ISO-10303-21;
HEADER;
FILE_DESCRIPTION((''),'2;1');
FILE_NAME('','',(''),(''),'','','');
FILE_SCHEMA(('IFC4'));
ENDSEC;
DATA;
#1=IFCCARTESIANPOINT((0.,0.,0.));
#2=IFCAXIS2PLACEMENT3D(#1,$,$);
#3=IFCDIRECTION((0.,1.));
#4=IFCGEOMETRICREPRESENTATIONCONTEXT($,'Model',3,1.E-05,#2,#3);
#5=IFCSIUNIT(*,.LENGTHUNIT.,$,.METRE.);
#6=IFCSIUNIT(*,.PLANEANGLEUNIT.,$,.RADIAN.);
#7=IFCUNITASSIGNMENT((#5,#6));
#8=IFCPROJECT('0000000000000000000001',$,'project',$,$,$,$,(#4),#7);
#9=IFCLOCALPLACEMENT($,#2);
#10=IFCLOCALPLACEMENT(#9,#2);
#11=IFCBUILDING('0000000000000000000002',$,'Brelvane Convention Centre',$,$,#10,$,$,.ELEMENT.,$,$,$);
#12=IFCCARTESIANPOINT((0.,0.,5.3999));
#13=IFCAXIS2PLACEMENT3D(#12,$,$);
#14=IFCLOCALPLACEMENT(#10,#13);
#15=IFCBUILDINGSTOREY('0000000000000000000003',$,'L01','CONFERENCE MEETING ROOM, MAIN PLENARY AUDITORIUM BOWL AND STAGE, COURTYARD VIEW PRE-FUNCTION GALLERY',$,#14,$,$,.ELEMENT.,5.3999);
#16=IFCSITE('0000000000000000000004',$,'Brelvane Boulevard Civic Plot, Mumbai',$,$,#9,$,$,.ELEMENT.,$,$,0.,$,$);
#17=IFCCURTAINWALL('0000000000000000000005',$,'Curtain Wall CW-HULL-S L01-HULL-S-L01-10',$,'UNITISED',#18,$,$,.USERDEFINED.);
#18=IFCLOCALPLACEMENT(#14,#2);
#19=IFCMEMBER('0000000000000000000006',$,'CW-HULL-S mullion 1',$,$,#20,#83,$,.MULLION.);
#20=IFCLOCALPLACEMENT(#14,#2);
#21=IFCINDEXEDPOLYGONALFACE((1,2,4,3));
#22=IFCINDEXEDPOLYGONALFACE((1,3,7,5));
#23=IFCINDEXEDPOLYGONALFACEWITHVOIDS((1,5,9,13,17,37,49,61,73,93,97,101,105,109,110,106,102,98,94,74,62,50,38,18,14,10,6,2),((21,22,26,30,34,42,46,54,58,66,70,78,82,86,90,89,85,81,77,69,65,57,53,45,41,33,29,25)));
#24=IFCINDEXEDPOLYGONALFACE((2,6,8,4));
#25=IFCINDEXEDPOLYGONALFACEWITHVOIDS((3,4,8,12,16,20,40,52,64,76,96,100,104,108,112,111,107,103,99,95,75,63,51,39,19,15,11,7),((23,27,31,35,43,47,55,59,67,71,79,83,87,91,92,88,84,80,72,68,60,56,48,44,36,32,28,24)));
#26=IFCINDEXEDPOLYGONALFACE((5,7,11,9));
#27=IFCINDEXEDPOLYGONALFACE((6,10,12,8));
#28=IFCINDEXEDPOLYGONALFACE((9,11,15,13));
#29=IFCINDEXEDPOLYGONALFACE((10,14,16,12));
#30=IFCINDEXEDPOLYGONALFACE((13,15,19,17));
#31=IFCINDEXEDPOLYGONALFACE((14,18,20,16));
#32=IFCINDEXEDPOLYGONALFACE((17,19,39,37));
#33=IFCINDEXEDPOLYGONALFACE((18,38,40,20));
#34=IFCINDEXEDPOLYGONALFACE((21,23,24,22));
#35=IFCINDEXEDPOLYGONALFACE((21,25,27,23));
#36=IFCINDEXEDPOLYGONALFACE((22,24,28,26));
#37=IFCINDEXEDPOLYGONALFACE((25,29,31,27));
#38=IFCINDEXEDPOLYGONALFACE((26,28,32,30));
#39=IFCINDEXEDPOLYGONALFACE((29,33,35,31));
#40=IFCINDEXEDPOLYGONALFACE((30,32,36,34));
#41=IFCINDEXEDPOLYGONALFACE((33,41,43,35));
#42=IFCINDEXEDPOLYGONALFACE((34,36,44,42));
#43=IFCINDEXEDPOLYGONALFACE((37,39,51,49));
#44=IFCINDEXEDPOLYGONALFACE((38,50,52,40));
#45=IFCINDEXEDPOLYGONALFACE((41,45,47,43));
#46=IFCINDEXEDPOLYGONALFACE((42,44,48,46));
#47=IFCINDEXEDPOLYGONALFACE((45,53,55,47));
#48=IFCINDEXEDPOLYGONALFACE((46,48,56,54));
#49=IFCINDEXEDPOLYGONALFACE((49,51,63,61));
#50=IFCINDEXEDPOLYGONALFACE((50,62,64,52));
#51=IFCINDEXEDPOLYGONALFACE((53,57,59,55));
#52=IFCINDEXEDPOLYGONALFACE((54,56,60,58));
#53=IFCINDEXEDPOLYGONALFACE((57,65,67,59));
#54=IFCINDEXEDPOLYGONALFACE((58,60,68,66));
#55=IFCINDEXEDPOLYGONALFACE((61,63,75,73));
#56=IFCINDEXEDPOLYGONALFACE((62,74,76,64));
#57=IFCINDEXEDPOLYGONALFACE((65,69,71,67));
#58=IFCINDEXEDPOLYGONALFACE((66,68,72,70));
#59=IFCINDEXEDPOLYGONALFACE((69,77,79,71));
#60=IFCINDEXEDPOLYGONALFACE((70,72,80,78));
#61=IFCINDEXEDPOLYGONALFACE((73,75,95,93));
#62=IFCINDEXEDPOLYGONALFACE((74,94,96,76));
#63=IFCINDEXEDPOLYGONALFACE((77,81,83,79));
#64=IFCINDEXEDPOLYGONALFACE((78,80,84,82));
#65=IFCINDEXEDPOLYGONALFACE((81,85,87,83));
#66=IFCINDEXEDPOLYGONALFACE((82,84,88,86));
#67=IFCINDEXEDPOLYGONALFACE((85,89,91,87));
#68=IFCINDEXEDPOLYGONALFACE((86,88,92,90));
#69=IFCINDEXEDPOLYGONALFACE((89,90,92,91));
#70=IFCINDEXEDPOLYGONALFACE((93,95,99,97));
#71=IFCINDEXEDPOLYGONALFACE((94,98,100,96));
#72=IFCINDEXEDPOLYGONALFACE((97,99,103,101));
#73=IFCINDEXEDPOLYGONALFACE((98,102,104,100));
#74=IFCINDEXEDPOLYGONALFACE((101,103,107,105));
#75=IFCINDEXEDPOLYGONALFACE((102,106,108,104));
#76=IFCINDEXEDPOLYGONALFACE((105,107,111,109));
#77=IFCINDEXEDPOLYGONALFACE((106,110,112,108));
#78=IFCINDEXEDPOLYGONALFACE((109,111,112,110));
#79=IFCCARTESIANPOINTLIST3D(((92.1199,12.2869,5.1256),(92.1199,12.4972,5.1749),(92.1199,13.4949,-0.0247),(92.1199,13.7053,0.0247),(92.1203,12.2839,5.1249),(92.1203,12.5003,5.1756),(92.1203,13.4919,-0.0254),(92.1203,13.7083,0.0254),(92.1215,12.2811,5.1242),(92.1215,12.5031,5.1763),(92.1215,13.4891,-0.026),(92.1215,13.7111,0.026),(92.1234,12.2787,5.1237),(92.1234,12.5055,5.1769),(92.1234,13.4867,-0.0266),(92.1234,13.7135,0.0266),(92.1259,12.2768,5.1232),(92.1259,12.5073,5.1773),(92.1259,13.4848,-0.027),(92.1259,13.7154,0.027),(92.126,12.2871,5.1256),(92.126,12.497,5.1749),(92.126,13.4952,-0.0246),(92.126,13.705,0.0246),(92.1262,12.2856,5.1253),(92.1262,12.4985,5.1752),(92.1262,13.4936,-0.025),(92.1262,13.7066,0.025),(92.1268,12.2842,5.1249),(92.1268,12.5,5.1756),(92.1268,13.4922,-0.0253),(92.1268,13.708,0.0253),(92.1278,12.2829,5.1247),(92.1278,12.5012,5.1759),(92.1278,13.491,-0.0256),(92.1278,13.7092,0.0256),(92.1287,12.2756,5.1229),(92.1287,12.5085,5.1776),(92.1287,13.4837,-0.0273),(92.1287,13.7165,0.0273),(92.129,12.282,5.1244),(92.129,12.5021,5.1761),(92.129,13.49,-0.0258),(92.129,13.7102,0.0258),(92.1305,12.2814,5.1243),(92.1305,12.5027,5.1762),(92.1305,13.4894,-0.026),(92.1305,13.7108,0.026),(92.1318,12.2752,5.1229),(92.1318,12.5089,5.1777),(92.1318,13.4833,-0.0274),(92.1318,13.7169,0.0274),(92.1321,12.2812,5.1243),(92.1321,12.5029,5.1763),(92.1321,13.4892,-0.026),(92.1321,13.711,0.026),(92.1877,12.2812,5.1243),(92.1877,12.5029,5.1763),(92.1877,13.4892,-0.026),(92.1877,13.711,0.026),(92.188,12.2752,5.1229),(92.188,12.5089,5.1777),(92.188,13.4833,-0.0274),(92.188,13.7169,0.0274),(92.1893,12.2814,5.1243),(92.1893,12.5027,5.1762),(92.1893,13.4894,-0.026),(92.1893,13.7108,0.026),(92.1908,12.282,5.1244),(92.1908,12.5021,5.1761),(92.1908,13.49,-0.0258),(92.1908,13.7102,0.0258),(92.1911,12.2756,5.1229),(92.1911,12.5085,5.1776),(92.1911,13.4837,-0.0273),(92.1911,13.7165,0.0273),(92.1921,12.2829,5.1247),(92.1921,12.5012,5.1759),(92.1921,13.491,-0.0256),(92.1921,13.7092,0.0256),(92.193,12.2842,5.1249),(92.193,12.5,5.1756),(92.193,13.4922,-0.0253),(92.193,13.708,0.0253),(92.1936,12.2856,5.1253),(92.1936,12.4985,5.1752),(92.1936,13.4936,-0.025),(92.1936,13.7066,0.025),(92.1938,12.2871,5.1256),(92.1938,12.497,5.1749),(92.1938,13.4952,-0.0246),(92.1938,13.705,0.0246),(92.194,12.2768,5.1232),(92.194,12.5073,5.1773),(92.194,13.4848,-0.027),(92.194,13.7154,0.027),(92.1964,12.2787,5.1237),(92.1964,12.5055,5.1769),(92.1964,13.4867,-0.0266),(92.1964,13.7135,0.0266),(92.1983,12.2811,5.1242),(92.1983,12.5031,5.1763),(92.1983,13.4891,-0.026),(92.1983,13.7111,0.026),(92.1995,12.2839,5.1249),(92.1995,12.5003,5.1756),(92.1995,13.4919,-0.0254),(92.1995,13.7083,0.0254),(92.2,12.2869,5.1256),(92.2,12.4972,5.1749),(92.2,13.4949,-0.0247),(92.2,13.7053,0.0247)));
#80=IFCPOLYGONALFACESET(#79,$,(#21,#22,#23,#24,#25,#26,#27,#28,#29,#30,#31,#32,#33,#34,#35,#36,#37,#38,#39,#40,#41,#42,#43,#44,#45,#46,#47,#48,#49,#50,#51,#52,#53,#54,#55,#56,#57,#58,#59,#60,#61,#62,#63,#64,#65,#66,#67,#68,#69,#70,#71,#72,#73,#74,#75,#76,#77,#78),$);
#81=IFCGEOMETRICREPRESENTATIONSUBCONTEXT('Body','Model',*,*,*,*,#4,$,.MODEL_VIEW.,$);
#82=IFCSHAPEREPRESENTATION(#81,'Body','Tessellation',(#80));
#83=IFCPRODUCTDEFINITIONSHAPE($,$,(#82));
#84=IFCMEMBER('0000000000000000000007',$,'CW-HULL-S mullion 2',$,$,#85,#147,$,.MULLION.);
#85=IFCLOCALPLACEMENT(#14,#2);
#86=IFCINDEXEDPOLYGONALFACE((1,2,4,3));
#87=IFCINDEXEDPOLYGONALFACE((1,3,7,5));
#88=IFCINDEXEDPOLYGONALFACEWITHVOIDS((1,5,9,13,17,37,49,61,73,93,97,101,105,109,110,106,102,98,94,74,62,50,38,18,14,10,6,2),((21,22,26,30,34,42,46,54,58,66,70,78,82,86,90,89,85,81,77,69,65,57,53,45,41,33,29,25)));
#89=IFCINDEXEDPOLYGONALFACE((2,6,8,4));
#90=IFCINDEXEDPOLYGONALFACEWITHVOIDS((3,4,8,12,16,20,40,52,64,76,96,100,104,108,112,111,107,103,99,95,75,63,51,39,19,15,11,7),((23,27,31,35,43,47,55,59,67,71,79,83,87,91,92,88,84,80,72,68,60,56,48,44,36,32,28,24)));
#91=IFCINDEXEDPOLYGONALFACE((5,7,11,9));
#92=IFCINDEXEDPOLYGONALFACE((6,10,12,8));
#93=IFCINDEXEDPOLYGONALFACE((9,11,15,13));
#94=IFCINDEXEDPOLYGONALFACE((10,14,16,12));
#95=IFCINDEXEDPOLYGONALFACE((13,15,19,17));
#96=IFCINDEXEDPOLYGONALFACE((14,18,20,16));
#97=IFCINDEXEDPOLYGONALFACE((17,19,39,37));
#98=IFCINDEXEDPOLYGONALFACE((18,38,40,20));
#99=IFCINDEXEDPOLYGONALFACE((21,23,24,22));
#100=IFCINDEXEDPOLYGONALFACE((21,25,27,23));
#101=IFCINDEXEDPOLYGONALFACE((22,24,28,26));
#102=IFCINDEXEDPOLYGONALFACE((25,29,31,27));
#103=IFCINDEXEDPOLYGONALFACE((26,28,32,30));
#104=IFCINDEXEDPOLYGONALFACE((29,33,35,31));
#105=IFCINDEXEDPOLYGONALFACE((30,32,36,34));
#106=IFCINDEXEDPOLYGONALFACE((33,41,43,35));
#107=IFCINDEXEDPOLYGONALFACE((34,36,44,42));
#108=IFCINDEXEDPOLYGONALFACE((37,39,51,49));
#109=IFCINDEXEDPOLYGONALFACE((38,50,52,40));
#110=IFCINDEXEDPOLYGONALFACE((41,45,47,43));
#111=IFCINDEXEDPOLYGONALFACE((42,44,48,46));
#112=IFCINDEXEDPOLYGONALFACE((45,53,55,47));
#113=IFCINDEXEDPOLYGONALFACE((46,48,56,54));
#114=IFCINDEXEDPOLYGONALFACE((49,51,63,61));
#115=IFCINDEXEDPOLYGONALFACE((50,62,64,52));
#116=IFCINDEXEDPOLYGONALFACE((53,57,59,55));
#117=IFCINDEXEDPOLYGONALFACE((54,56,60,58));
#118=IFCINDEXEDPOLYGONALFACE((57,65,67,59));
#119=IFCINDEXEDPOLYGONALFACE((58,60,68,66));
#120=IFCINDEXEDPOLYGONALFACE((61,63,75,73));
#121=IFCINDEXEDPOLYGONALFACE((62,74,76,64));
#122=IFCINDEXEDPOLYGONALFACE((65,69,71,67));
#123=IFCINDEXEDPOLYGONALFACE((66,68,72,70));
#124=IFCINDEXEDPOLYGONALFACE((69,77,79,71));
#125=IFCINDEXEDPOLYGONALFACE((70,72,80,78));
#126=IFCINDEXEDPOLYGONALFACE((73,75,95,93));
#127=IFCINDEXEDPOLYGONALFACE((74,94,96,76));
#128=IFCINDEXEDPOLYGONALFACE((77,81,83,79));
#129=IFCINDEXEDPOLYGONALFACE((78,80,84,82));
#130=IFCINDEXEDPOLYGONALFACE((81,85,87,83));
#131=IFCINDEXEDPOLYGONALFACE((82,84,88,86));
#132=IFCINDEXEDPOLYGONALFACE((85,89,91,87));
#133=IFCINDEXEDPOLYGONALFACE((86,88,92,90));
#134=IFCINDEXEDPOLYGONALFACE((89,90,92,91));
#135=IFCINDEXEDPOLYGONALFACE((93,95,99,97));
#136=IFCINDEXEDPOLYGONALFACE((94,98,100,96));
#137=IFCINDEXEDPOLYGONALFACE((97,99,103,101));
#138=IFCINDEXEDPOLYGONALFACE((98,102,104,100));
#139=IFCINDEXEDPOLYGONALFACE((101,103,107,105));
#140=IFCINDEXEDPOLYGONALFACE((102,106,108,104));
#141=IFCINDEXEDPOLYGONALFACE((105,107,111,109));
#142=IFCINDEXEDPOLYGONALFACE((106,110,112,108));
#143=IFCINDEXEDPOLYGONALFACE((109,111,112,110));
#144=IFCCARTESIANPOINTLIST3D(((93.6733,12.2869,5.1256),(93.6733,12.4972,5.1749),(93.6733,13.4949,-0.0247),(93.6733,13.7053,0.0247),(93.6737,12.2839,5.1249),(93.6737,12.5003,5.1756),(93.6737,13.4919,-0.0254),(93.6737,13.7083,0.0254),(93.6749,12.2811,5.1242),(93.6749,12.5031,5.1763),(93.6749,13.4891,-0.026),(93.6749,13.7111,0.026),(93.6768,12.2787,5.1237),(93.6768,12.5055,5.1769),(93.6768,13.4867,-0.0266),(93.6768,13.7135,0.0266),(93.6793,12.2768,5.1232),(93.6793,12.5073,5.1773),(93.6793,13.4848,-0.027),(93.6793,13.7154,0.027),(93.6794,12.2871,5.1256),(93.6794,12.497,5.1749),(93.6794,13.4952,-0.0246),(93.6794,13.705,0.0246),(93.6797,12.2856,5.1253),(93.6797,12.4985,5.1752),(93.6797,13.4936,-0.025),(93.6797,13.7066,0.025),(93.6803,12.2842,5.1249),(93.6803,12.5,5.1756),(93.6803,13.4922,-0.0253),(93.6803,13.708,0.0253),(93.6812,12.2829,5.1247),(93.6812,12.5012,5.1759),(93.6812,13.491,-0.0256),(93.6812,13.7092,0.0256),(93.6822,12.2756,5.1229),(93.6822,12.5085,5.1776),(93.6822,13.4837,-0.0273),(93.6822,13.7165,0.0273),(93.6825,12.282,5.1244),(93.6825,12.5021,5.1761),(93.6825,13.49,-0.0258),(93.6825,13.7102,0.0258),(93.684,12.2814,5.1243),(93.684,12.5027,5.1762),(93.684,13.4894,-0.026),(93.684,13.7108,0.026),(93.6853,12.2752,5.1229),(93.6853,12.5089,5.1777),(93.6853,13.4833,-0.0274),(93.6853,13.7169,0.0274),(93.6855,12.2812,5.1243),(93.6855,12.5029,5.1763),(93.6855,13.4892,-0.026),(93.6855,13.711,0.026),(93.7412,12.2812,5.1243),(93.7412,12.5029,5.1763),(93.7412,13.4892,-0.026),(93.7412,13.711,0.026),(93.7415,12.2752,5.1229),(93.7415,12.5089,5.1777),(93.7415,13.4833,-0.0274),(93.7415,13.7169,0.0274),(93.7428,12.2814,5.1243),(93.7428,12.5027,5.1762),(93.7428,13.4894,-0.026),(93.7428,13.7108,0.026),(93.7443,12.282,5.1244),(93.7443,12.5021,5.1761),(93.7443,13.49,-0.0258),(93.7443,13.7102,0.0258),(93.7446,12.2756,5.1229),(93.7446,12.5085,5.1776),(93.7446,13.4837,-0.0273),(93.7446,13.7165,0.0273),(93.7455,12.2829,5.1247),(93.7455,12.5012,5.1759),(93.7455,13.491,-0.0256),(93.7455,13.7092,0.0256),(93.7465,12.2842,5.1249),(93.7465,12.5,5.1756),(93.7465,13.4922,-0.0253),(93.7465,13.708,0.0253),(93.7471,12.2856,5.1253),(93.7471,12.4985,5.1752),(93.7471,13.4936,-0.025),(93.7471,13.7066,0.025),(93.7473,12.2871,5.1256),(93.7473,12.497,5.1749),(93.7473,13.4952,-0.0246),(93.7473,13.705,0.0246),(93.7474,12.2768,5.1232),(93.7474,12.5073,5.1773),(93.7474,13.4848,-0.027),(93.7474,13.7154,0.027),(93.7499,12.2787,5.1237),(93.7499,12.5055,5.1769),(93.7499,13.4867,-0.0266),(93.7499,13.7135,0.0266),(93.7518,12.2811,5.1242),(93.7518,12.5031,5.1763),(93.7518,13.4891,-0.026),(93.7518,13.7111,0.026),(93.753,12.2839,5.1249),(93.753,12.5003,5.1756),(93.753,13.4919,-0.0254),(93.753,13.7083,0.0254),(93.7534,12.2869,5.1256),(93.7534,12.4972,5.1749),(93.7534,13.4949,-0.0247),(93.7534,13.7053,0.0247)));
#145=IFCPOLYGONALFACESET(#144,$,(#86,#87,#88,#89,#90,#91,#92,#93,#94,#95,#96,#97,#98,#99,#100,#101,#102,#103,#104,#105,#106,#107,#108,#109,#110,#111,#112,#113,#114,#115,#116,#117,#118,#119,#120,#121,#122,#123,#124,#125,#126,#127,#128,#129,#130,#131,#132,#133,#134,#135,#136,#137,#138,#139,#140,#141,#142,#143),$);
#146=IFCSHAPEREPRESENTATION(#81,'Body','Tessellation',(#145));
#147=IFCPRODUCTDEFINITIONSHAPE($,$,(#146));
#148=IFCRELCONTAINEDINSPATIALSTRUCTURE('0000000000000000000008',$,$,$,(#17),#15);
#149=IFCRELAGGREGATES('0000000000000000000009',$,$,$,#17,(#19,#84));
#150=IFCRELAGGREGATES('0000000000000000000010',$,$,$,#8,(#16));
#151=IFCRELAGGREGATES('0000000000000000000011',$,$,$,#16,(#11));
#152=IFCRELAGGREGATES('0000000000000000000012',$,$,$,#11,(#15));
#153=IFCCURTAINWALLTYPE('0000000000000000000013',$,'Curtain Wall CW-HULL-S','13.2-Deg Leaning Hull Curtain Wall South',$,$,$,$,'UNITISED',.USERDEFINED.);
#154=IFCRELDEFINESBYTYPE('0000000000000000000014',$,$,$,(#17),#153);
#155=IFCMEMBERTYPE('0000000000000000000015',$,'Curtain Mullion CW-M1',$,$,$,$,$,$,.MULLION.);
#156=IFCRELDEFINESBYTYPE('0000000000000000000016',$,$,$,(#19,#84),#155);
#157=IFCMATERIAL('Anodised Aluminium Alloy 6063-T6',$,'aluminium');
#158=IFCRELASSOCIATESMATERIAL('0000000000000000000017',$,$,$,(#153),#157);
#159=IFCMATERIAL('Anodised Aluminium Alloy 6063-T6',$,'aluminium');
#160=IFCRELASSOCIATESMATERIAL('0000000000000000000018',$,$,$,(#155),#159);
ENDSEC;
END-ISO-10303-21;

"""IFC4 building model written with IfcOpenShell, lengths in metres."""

from ifc_helpers import new_model, si_unit, direction, frame, origin, origin_2d, place, context, subcontext, project, spatial, hollow_rectangle, extrude, material, material_profile, profile_set, type_object, element, aggregate, save


model = new_model("IFC4")

# Units and contexts
model_context = context("Model", 3, precision=1e-05, world=origin(), true_north=direction((0.0, 1.0)))
body_context = subcontext(model_context, "Body", "Model", "MODEL_VIEW")
ifc_project = project(units=[si_unit("LENGTHUNIT", "METRE"), si_unit("PLANEANGLEUNIT", "RADIAN")], contexts=[model_context])

# Site, building, storey
site_placement = place(None, origin())
site = spatial("IfcSite", under=ifc_project, at=site_placement, Name="Brelvane Boulevard Civic Plot, Mumbai", CompositionType="ELEMENT", RefElevation=0.0)
building_placement = place(site_placement, origin())
building = spatial("IfcBuilding", under=site, at=building_placement, Name="Brelvane Convention Centre", CompositionType="ELEMENT")
storey_placement = place(building_placement, frame((0.0, 0.0, 5.3999)))
storey = spatial("IfcBuildingStorey", under=building, at=storey_placement, Name="L01", Description="CONFERENCE MEETING ROOM, MAIN PLENARY AUDITORIUM BOWL AND STAGE, COURTYARD VIEW PRE-FUNCTION GALLERY", CompositionType="ELEMENT", Elevation=5.3999)

# Curtain wall, members
ifc_material_1 = material(Name="Anodised Aluminium Alloy 6063-T6", Category="aluminium")
curtain_wall_type = type_object("IfcCurtainWallType", Name="Curtain Wall CW-HULL-S", Description="13.2-Deg Leaning Hull Curtain Wall South", ElementType="UNITISED", PredefinedType="USERDEFINED", material=ifc_material_1)
ifc_material_2 = material(Name="Anodised Aluminium Alloy 6063-T6", Category="aluminium")
ifc_material_profile_1 = material_profile(ifc_material_2, hollow_rectangle(XDim=0.0801, YDim=0.24, WallThickness=0.0061, InnerFilletRadius=0.0061, OuterFilletRadius=0.012, at=origin_2d()), Name="ALU-M 240x80x6.0")
ifc_profile_set_1 = profile_set([ifc_material_profile_1], Name="Anodised Aluminium Alloy 6063-T6")
member_type_1 = type_object("IfcMemberType", Name="Curtain Mullion CW-M1", PredefinedType="MULLION", material=ifc_profile_set_1)
curtain_wall_1_placement = place(storey_placement, origin())
curtain_wall_1 = element("IfcCurtainWall", 1, at=curtain_wall_1_placement, inside=storey, type_object=curtain_wall_type, Name="Curtain Wall CW-HULL-S L01-HULL-S-L01-10", ObjectType="UNITISED", PredefinedType="USERDEFINED")
member_1_placement = place(storey_placement, frame((92.1599, 13.6001, 0.0), z_axis=(0.0, -0.22836, 0.973577), x_axis=(1.0, 0.0, 0.0)))
member_1 = element("IfcMember", 2, at=member_1_placement, type_object=member_type_1, Name="CW-HULL-S mullion 1", PredefinedType="MULLION", context=body_context, shape_type="SweptSolid", body=[
    extrude(hollow_rectangle(XDim=0.0801, YDim=0.24, WallThickness=0.0061, InnerFilletRadius=0.0061, OuterFilletRadius=0.012, at=origin_2d()), origin(), (0.0, 0.0, 1.0), 5.29),
])
member_2_placement = place(storey_placement, frame((93.7134, 13.6001, 0.0), z_axis=(0.0, -0.22836, 0.973577), x_axis=(1.0, 0.0, 0.0)))
member_2 = element("IfcMember", 3, at=member_2_placement, type_object=member_type_1, Name="CW-HULL-S mullion 2", PredefinedType="MULLION", context=body_context, shape_type="SweptSolid", body=[
    extrude(hollow_rectangle(XDim=0.0801, YDim=0.24, WallThickness=0.0061, InnerFilletRadius=0.0061, OuterFilletRadius=0.012, at=origin_2d()), origin(), (0.0, 0.0, 1.0), 5.29),
])

aggregate(curtain_wall_1, [member_1, member_2])

save(model, "model.ifc")
